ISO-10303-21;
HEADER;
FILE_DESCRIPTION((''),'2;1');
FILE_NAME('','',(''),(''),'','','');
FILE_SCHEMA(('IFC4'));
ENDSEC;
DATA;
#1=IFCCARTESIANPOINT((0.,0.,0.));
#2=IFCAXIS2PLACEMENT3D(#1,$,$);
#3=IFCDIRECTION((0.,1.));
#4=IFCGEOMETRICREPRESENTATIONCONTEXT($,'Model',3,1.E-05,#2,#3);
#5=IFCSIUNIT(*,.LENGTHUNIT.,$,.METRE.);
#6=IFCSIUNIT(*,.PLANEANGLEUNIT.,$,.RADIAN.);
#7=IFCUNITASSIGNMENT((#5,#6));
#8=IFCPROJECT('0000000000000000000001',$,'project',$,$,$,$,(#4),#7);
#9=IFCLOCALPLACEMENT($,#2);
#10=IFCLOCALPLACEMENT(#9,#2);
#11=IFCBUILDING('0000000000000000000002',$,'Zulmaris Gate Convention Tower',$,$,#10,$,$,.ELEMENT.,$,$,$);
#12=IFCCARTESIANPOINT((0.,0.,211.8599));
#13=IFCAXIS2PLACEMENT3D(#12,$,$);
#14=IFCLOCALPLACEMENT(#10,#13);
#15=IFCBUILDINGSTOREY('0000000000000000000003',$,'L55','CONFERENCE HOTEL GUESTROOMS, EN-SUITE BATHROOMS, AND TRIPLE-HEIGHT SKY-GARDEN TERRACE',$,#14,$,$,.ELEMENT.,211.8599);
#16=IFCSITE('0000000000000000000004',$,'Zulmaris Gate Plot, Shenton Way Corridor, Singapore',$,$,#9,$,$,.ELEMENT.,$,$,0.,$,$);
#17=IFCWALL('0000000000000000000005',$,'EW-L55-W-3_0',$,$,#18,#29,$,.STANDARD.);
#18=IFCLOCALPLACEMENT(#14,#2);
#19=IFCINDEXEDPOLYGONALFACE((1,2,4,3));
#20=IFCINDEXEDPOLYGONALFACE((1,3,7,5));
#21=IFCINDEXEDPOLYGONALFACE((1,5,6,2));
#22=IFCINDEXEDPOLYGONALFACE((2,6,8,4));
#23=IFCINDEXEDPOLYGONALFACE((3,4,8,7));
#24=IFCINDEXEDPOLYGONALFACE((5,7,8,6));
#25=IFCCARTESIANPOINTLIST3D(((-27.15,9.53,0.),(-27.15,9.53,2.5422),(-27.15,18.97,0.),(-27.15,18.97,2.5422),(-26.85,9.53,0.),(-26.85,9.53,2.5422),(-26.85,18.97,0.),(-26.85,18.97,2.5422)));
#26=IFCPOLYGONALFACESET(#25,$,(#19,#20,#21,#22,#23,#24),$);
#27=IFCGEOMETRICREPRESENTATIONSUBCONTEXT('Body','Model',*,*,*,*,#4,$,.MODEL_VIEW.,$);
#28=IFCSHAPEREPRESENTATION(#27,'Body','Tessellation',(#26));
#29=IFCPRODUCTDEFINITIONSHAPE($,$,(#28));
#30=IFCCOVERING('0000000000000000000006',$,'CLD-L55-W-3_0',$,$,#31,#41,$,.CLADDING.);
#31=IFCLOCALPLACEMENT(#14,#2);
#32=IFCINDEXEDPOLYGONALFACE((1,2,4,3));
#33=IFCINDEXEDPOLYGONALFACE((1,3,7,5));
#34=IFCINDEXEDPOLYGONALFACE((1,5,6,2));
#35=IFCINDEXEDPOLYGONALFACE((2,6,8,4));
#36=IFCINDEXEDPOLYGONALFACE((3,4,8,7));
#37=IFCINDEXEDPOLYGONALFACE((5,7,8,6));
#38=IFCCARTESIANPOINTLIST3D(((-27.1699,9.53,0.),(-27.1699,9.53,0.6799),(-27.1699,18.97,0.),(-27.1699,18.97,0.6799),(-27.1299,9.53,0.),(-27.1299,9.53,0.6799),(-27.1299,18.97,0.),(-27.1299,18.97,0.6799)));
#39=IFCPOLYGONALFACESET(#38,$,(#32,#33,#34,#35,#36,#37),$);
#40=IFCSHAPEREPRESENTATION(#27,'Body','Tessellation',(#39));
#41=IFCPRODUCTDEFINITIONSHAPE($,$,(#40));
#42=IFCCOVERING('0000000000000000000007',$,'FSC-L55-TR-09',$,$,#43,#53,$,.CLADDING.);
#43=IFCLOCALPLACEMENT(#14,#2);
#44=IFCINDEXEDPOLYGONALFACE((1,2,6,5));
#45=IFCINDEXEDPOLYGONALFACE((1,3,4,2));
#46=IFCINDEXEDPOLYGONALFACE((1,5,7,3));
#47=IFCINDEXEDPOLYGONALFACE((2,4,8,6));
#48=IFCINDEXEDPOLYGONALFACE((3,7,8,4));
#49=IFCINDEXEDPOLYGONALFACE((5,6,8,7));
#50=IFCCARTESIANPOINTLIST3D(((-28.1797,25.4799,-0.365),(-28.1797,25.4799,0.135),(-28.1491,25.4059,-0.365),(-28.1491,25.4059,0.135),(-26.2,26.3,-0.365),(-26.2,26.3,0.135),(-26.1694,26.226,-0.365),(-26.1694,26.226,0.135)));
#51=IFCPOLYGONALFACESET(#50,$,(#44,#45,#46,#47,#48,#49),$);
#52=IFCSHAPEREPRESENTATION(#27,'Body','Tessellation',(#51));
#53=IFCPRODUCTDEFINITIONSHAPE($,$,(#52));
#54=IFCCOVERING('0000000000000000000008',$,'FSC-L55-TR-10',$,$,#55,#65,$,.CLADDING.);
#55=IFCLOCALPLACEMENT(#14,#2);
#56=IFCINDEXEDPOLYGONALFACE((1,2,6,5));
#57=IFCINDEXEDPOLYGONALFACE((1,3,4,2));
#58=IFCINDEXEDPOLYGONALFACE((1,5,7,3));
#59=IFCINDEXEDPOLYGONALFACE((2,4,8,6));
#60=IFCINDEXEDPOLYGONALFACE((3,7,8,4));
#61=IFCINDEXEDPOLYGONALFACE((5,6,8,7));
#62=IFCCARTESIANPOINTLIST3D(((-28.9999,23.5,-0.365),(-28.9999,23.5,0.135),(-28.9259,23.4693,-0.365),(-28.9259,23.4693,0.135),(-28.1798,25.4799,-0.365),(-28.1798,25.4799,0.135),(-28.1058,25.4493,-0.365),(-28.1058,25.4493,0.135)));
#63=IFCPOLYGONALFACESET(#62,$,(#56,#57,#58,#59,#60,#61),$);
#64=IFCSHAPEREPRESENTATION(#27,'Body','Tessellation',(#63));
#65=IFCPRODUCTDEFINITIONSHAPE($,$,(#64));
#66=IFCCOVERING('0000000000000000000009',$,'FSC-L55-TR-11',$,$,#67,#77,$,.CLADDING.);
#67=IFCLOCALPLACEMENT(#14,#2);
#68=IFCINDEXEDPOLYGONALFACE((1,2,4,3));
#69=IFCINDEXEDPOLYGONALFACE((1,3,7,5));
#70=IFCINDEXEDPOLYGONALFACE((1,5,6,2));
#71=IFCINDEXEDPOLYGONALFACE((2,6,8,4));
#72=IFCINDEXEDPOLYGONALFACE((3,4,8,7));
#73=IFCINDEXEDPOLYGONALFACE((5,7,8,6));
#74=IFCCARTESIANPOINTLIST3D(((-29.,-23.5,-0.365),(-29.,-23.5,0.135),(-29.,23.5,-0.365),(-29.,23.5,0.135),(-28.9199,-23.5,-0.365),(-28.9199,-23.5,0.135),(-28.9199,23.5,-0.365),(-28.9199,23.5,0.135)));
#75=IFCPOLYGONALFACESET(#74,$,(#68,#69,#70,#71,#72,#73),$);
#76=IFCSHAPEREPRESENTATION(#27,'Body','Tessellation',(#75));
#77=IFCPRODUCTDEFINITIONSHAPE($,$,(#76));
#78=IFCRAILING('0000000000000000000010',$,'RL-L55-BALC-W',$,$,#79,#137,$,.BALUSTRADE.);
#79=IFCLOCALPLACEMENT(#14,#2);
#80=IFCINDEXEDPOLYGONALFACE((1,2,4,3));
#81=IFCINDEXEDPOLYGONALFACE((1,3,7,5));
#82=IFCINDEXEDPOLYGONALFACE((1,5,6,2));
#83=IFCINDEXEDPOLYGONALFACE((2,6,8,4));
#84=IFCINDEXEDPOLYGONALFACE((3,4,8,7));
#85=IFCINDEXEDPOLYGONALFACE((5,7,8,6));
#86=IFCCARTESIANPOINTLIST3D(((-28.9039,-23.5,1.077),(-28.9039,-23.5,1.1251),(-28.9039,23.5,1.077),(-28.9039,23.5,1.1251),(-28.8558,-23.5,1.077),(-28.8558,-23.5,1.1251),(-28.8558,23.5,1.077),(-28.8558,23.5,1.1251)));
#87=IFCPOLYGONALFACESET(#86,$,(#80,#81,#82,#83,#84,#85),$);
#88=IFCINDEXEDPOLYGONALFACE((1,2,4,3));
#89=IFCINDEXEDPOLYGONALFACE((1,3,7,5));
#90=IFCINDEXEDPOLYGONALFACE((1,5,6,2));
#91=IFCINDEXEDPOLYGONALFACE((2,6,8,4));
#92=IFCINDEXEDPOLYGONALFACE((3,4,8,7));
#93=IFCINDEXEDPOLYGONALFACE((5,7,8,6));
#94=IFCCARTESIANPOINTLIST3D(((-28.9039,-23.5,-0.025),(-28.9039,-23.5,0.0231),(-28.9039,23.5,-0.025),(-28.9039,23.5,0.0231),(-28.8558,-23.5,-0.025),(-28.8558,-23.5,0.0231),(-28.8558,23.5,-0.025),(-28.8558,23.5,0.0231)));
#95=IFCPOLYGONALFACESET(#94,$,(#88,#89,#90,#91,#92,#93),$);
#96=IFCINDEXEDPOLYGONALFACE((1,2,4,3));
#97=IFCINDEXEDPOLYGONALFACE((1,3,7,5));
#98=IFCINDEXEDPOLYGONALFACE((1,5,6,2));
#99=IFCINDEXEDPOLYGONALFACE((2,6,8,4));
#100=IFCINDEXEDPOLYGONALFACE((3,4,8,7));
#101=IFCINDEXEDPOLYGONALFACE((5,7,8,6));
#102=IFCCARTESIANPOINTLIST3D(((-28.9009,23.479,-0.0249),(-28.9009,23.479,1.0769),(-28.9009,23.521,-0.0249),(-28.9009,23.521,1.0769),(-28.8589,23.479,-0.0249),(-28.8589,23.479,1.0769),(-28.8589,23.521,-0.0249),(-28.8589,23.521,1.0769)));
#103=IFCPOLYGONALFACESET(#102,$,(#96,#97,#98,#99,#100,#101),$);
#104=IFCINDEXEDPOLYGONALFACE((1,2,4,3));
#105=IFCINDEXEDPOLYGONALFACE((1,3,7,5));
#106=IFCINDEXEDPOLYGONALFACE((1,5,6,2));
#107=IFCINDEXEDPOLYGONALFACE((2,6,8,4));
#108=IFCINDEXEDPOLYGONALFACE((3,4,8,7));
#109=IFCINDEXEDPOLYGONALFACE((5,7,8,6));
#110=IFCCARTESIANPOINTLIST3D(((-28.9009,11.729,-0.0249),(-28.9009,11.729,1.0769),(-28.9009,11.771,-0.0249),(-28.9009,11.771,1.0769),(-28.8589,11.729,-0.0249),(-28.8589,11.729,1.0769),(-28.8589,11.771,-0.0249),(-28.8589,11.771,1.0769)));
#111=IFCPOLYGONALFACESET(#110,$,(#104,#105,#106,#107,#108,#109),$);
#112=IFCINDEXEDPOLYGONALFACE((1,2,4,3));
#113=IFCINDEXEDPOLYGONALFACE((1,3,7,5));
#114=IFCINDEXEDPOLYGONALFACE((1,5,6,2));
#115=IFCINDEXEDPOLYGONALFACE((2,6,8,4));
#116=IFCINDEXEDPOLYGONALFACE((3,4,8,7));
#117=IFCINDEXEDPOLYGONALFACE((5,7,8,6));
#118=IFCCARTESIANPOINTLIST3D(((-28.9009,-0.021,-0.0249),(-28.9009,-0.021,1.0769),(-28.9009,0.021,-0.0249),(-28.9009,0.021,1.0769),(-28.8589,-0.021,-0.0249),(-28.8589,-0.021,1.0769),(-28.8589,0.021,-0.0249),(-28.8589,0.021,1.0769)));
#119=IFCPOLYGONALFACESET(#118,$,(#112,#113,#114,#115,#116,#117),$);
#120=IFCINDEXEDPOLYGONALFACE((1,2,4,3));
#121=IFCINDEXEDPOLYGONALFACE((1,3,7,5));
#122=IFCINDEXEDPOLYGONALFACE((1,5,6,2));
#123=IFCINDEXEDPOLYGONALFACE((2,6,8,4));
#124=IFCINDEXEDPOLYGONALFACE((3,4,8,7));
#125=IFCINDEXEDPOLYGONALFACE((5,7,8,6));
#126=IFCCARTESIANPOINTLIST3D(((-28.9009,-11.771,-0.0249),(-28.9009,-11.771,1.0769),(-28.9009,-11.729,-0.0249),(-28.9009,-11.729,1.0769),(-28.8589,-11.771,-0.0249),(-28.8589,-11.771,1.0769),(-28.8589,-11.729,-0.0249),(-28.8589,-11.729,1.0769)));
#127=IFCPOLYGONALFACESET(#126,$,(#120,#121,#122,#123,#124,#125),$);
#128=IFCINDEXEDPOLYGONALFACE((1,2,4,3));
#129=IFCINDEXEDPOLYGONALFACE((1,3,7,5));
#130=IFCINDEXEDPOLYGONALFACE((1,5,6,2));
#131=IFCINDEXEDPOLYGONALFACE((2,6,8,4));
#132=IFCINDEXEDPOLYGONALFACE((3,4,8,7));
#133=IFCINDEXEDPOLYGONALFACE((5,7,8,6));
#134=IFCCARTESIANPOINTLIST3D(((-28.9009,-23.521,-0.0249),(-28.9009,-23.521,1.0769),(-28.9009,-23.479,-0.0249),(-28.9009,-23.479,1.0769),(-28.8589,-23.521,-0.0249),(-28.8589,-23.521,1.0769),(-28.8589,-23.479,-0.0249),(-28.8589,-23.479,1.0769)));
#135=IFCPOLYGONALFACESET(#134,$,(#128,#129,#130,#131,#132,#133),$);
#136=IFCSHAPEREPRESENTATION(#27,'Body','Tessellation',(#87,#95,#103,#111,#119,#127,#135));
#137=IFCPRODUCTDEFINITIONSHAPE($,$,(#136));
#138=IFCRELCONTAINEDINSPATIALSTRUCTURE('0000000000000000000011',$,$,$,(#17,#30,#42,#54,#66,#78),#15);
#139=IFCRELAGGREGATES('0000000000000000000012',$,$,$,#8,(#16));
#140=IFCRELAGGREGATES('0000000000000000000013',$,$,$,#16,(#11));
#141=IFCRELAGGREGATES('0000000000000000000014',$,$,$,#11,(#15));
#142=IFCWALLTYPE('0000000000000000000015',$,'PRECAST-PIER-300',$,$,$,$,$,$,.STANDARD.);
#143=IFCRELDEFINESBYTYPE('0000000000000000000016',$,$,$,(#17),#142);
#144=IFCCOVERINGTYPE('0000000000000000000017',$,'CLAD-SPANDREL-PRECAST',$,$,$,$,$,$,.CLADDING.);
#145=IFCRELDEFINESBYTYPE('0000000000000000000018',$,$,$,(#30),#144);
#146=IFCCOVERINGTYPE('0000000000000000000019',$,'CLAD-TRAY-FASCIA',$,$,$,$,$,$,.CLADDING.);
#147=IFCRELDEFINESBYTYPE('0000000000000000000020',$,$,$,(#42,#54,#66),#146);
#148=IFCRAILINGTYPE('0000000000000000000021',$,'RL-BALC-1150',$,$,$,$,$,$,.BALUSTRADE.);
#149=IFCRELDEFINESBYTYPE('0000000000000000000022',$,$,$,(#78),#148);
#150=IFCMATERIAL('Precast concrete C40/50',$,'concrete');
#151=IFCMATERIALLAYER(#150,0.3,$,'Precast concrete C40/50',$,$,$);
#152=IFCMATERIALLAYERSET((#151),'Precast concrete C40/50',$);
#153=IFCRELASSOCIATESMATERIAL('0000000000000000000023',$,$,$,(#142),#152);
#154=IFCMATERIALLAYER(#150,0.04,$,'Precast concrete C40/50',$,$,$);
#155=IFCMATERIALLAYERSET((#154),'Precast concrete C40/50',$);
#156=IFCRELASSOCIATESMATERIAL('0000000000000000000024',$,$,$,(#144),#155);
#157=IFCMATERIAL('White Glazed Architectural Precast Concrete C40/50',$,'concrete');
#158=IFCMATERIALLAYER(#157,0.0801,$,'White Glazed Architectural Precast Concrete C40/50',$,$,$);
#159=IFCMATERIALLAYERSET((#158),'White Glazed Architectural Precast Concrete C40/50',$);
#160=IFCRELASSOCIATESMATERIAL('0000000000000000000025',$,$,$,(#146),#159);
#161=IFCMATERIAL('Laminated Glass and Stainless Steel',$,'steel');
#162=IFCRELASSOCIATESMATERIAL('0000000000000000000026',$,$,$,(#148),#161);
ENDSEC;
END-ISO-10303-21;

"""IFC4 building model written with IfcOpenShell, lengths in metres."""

from ifc_helpers import new_model, si_unit, direction, frame, frame_2d, origin, origin_2d, place, context, subcontext, project, spatial, rectangle, extrude, material, layer, layer_set, type_object, element, save


model = new_model("IFC4")

# Units and contexts
model_context = context("Model", 3, precision=1e-05, world=origin(), true_north=direction((0.0, 1.0)))
body_context = subcontext(model_context, "Body", "Model", "MODEL_VIEW")
ifc_project = project(units=[si_unit("LENGTHUNIT", "METRE"), si_unit("PLANEANGLEUNIT", "RADIAN")], contexts=[model_context])

# Site, building, storey
site_placement = place(None, origin())
site = spatial("IfcSite", under=ifc_project, at=site_placement, Name="Zulmaris Gate Plot, Shenton Way Corridor, Singapore", CompositionType="ELEMENT", RefElevation=0.0)
building_placement = place(site_placement, origin())
building = spatial("IfcBuilding", under=site, at=building_placement, Name="Zulmaris Gate Convention Tower", CompositionType="ELEMENT")
storey_placement = place(building_placement, frame((0.0, 0.0, 211.8599)))
storey = spatial("IfcBuildingStorey", under=building, at=storey_placement, Name="L55", Description="CONFERENCE HOTEL GUESTROOMS, EN-SUITE BATHROOMS, AND TRIPLE-HEIGHT SKY-GARDEN TERRACE", CompositionType="ELEMENT", Elevation=211.8599)

# Shared definitions
ifc_material_1 = material(Name="Precast concrete C40/50", Category="concrete")
ifc_layer_1 = layer(ifc_material_1, 0.3, Name="Precast concrete C40/50")
ifc_layer_set_1 = layer_set([ifc_layer_1], Name="Precast concrete C40/50")
wall_type_1 = type_object("IfcWallType", Name="PRECAST-PIER-300", PredefinedType="STANDARD", material=ifc_layer_set_1)

# Wall
wall_1_placement = place(storey_placement, frame((-27.0, 18.97, 0.0), z_axis=(0.0, 0.0, 1.0), x_axis=(0.0, -1.0, 0.0)))
element("IfcWall", 1, at=wall_1_placement, inside=storey, type_object=wall_type_1, Name="EW-L55-W-3_0", PredefinedType="STANDARD", context=body_context, shape_type="SweptSolid", body=[
    extrude(rectangle(XDim=9.4399, YDim=0.3, at=frame_2d((4.72, 0.0))), origin(), (0.0, 0.0, 1.0), 2.5422),
])

# Coverings
ifc_layer_2 = layer(ifc_material_1, 0.04, Name="Precast concrete C40/50")
ifc_layer_set_2 = layer_set([ifc_layer_2], Name="Precast concrete C40/50")
covering_type_1 = type_object("IfcCoveringType", Name="CLAD-SPANDREL-PRECAST", PredefinedType="CLADDING", material=ifc_layer_set_2)
covering_1_placement = place(storey_placement, frame((-27.1499, 18.97, 0.0), z_axis=(0.0, 0.0, 1.0), x_axis=(0.0, -1.0, 0.0)))
element("IfcCovering", 2, at=covering_1_placement, inside=storey, type_object=covering_type_1, Name="CLD-L55-W-3_0", PredefinedType="CLADDING", context=body_context, shape_type="SweptSolid", body=[
    extrude(rectangle(XDim=9.4399, YDim=0.04, at=frame_2d((4.72, 0.0))), origin(), (0.0, 0.0, 1.0), 0.6799),
])
ifc_material_2 = material(Name="White Glazed Architectural Precast Concrete C40/50", Category="concrete")
ifc_layer_3 = layer(ifc_material_2, 0.0801, Name="White Glazed Architectural Precast Concrete C40/50")
ifc_layer_set_3 = layer_set([ifc_layer_3], Name="White Glazed Architectural Precast Concrete C40/50")
covering_type_2 = type_object("IfcCoveringType", Name="CLAD-TRAY-FASCIA", PredefinedType="CLADDING", material=ifc_layer_set_3)
covering_2_placement = place(storey_placement, frame((-26.1848, 26.2629, -0.365), z_axis=(0.0, 0.0, 1.0), x_axis=(-0.923874, -0.382697, 0.0)))
element("IfcCovering", 3, at=covering_2_placement, inside=storey, type_object=covering_type_2, Name="FSC-L55-TR-09", PredefinedType="CLADDING", context=body_context, shape_type="SweptSolid", body=[
    extrude(rectangle(XDim=2.1428, YDim=0.0801, at=frame_2d((1.0713, 0.0))), origin(), (0.0, 0.0, 1.0), 0.5),
])
covering_3_placement = place(storey_placement, frame((-28.1428, 25.4646, -0.365), z_axis=(0.0, 0.0, 1.0), x_axis=(-0.382657, -0.92389, 0.0)))
element("IfcCovering", 4, at=covering_3_placement, inside=storey, type_object=covering_type_2, Name="FSC-L55-TR-10", PredefinedType="CLADDING", context=body_context, shape_type="SweptSolid", body=[
    extrude(rectangle(XDim=2.1431, YDim=0.0801, at=frame_2d((1.0715, 0.0))), origin(), (0.0, 0.0, 1.0), 0.5),
])
covering_4_placement = place(storey_placement, frame((-28.96, 23.5, -0.365), z_axis=(0.0, 0.0, 1.0), x_axis=(0.0, -1.0, 0.0)))
element("IfcCovering", 5, at=covering_4_placement, inside=storey, type_object=covering_type_2, Name="FSC-L55-TR-11", PredefinedType="CLADDING", context=body_context, shape_type="SweptSolid", body=[
    extrude(rectangle(XDim=47.0, YDim=0.0801, at=frame_2d((23.5, 0.0))), origin(), (0.0, 0.0, 1.0), 0.5),
])

# Railing
ifc_material_3 = material(Name="Laminated Glass and Stainless Steel", Category="steel")
railing_type = type_object("IfcRailingType", Name="RL-BALC-1150", PredefinedType="BALUSTRADE", material=ifc_material_3)
railing_placement = place(storey_placement, frame((-28.8799, 23.5, -0.0249)))
element("IfcRailing", 6, at=railing_placement, inside=storey, type_object=railing_type, Name="RL-L55-BALC-W", PredefinedType="BALUSTRADE", context=body_context, shape_type="SweptSolid", body=[
    extrude(rectangle(XDim=0.0481, YDim=0.0481, at=origin_2d()), frame((0.0, 0.0, 1.126), z_axis=(0.0, -1.0, 0.0), x_axis=(1.0, 0.0, 0.0)), (0.0, 0.0, 1.0), 47.0),
    extrude(rectangle(XDim=0.0481, YDim=0.0481, at=origin_2d()), frame((0.0, 0.0, 0.0239), z_axis=(0.0, -1.0, 0.0), x_axis=(1.0, 0.0, 0.0)), (0.0, 0.0, 1.0), 47.0),
    extrude(rectangle(XDim=0.042, YDim=0.042, at=origin_2d()), origin(), (0.0, 0.0, 1.0), 1.1018),
    extrude(rectangle(XDim=0.042, YDim=0.042, at=origin_2d()), frame((0.0, -11.75, 0.0)), (0.0, 0.0, 1.0), 1.1018),
    extrude(rectangle(XDim=0.042, YDim=0.042, at=origin_2d()), frame((0.0, -23.5, 0.0)), (0.0, 0.0, 1.0), 1.1018),
    extrude(rectangle(XDim=0.042, YDim=0.042, at=origin_2d()), frame((0.0, -35.25, 0.0)), (0.0, 0.0, 1.0), 1.1018),
    extrude(rectangle(XDim=0.042, YDim=0.042, at=origin_2d()), frame((0.0, -47.0, 0.0)), (0.0, 0.0, 1.0), 1.1018),
])

save(model, "model.ifc")
